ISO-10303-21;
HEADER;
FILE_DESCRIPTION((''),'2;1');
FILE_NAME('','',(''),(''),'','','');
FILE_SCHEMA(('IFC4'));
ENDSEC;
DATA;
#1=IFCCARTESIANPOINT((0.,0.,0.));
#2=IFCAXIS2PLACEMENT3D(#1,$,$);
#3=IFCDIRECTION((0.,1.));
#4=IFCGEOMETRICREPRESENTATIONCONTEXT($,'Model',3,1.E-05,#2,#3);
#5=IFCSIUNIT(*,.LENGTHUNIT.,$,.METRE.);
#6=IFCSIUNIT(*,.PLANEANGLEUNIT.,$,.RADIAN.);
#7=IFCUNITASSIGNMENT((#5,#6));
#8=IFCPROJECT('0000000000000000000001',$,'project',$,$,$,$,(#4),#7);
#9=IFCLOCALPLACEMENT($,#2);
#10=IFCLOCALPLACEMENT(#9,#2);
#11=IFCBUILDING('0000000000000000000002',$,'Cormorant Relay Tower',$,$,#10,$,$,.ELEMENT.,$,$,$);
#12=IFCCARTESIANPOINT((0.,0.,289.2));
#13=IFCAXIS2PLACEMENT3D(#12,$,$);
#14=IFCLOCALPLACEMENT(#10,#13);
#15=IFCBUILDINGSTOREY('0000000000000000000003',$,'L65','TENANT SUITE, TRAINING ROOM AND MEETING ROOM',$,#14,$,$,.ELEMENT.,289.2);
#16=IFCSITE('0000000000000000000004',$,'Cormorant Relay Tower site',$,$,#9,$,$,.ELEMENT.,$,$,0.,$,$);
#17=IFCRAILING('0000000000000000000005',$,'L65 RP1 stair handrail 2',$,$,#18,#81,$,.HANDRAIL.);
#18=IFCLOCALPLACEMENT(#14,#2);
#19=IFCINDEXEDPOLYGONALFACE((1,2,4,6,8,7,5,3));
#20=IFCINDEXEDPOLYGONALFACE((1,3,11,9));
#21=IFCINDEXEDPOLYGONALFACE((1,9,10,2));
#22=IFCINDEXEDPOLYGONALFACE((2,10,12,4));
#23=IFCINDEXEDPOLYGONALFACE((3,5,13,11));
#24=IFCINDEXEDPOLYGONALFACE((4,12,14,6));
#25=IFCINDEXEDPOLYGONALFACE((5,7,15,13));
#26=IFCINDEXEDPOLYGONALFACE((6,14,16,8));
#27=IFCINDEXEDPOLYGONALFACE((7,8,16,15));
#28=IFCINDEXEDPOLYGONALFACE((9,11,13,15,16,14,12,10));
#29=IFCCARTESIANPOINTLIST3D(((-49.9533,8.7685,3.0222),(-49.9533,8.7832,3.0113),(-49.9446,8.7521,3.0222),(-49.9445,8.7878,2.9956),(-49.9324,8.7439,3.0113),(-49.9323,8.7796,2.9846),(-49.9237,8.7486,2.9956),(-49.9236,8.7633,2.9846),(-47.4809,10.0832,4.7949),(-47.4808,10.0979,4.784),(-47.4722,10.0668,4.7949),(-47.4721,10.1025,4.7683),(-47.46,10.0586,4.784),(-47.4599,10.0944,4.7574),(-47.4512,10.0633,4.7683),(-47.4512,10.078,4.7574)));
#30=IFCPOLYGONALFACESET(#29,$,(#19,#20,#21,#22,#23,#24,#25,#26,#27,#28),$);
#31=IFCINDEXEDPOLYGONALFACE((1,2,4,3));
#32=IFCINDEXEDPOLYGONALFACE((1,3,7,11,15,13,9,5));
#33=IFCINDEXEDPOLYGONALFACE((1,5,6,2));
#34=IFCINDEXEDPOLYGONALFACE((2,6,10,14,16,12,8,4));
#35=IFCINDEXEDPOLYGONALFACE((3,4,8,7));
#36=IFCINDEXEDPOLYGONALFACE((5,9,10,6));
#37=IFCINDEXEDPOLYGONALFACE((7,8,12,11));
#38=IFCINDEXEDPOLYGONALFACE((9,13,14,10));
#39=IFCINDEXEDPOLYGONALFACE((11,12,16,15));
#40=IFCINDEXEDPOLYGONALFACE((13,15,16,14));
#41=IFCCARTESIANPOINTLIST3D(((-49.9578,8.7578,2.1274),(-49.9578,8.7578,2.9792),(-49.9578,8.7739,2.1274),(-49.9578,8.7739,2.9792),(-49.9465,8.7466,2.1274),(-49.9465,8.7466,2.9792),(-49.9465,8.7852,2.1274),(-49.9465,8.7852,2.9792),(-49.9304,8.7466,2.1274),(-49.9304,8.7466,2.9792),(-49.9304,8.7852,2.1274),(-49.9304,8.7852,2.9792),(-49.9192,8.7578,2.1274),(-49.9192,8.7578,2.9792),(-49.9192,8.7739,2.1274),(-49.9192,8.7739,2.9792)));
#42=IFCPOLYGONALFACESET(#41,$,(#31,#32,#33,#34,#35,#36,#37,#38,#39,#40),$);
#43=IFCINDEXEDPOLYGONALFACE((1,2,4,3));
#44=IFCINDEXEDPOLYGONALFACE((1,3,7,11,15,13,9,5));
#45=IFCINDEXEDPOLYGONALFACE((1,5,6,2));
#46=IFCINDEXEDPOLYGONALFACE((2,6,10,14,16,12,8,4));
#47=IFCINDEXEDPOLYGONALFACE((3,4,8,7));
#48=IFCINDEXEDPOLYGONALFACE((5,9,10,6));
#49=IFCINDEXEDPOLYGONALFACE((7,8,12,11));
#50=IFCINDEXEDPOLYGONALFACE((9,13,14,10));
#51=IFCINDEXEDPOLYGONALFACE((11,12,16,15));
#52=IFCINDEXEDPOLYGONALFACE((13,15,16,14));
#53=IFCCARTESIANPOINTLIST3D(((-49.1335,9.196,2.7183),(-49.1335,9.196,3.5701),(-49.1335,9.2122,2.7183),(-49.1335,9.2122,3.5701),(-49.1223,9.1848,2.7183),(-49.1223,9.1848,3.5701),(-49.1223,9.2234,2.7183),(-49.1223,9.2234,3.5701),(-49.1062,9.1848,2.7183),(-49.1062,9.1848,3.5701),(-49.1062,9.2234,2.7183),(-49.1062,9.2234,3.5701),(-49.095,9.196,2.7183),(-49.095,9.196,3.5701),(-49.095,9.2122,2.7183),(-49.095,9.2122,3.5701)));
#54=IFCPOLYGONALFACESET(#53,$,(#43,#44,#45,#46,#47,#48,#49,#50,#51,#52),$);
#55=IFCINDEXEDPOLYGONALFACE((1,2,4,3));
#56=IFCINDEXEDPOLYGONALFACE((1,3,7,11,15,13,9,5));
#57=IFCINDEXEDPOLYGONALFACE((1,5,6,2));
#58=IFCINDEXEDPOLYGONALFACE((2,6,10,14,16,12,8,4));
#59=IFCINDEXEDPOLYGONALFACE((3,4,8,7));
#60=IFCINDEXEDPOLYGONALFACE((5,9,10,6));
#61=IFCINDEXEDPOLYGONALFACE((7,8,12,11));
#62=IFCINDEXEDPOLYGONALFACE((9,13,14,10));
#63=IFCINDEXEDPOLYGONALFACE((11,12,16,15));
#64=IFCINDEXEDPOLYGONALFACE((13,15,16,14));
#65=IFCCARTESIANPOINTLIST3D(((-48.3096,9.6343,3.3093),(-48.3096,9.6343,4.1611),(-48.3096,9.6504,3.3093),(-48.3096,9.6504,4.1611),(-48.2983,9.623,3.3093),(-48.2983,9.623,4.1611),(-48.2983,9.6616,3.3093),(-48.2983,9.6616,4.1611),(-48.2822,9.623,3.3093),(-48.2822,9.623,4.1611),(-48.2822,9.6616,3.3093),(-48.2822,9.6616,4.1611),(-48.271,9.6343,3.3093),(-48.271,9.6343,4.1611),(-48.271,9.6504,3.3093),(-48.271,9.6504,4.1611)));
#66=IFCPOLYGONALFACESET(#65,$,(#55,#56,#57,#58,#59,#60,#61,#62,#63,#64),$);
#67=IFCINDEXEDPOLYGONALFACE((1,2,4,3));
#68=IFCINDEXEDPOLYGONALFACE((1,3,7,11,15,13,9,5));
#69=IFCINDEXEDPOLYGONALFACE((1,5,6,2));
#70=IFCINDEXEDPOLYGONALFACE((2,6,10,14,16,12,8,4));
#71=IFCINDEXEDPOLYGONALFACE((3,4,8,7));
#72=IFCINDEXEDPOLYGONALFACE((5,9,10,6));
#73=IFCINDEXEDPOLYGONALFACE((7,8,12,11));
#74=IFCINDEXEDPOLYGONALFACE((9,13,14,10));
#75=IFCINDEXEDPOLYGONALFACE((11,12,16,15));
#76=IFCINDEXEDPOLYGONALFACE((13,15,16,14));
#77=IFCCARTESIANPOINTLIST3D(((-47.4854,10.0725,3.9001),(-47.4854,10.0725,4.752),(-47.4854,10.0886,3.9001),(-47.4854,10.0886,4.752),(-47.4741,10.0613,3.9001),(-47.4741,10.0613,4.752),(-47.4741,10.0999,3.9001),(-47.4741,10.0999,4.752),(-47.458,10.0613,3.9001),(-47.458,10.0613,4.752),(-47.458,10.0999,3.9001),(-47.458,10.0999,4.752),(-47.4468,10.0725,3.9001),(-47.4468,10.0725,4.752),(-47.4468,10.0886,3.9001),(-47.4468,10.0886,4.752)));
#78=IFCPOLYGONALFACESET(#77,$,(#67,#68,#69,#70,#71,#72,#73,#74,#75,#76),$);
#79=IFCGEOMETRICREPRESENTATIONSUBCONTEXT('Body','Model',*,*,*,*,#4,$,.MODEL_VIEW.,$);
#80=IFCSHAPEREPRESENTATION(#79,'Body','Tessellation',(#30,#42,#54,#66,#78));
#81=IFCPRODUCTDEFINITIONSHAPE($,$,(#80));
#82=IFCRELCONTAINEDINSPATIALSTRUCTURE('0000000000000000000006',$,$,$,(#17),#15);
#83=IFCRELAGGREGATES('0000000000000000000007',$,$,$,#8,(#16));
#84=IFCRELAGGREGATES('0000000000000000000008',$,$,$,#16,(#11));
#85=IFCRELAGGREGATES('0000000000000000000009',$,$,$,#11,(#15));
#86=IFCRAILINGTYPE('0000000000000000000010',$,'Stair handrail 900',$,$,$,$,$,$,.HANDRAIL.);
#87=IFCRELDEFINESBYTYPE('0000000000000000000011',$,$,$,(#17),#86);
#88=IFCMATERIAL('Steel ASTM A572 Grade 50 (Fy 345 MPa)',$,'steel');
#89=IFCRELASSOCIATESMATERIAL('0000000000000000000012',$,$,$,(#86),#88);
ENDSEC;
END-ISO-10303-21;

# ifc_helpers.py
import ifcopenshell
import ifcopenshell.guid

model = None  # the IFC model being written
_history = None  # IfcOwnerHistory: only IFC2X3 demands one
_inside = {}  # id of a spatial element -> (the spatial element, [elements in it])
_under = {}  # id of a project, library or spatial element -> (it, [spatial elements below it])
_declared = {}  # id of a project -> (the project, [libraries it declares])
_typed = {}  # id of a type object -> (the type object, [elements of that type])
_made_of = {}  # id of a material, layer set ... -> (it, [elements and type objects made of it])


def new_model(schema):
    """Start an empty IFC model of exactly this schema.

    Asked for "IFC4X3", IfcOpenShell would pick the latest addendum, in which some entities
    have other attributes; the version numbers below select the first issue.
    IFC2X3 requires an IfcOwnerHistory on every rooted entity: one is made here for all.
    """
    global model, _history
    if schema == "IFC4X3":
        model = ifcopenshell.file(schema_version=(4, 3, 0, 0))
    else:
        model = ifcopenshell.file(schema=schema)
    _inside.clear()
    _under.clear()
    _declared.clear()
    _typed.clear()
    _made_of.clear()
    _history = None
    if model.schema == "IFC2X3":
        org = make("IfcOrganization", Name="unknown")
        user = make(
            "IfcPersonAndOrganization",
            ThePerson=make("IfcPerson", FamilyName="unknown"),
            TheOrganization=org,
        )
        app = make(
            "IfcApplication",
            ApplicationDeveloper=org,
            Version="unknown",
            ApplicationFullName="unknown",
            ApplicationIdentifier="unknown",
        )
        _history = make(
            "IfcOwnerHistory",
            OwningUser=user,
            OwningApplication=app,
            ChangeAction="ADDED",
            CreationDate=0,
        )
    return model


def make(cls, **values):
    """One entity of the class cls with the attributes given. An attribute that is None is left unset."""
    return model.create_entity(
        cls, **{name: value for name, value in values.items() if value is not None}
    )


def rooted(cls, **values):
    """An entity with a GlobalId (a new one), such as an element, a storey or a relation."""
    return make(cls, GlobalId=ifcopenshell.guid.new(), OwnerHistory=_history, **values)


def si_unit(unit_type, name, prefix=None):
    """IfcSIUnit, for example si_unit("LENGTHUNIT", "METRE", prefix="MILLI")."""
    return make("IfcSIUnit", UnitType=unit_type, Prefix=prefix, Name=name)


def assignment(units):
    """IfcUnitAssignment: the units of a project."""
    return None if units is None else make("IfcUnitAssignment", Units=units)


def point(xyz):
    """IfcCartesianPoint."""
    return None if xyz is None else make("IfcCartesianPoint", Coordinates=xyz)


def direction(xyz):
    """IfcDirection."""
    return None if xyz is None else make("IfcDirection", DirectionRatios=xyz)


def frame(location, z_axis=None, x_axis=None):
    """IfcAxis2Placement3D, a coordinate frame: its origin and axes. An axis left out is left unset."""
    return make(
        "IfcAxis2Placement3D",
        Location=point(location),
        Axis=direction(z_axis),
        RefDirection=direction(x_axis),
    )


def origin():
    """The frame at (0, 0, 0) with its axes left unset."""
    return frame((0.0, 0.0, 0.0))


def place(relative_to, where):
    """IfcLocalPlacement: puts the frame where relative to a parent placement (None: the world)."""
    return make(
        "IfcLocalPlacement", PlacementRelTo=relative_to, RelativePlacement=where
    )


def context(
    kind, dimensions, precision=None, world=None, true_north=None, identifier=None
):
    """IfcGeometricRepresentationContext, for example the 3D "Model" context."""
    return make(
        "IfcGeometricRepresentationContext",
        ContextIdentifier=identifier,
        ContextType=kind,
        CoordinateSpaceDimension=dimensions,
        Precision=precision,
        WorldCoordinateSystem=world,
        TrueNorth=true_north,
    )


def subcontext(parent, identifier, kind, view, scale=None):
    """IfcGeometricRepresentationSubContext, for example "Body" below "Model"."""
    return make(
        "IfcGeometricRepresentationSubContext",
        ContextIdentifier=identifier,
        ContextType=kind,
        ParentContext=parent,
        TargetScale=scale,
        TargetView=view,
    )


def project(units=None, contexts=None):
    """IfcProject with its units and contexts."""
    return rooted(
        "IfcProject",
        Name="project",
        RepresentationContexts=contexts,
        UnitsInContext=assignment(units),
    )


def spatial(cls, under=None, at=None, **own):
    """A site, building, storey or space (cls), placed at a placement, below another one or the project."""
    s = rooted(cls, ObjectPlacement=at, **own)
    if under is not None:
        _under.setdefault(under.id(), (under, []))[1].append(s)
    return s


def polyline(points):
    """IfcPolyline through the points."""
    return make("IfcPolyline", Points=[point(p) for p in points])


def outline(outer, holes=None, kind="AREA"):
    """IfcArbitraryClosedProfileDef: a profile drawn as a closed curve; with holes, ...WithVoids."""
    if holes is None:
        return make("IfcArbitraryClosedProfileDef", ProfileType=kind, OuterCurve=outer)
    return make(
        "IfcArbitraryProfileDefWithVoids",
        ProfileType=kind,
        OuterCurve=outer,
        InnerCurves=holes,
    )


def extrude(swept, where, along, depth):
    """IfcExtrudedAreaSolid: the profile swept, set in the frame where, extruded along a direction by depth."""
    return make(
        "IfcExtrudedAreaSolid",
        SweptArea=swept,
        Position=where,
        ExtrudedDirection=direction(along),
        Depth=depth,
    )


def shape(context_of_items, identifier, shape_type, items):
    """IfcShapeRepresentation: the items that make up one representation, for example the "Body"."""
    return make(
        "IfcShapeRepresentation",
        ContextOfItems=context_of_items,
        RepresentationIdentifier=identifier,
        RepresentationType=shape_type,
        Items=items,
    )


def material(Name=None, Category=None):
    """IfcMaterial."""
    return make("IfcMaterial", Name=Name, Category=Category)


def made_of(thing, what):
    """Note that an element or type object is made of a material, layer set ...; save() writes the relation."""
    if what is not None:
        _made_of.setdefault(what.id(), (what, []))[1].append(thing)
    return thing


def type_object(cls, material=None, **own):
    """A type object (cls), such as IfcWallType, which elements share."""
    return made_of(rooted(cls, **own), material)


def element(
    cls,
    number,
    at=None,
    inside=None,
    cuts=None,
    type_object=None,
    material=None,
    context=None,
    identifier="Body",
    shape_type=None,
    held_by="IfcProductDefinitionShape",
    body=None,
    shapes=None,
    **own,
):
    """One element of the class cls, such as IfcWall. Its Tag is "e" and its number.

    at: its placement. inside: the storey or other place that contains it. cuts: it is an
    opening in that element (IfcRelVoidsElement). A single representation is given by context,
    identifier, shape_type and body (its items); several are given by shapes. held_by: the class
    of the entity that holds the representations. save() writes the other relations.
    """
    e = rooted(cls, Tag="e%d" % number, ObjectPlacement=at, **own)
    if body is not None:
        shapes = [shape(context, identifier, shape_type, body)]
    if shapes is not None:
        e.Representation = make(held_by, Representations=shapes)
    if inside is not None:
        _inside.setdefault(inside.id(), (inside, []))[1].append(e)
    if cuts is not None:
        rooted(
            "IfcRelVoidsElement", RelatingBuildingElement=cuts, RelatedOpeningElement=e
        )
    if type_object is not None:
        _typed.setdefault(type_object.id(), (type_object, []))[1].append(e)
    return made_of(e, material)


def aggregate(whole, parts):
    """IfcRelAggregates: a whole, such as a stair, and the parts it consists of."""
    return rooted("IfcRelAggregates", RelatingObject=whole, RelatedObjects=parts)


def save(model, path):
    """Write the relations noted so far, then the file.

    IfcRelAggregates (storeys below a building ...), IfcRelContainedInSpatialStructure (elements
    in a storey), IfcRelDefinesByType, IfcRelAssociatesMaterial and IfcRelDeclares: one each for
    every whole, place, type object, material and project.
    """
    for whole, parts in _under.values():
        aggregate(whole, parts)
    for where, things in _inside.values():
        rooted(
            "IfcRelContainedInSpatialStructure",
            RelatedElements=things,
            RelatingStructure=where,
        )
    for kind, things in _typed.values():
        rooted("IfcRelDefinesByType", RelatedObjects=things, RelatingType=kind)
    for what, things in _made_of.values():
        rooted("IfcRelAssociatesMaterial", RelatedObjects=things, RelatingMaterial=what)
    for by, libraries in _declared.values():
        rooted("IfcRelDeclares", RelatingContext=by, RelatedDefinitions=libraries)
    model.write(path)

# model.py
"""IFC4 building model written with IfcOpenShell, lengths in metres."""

from ifc_helpers import new_model, si_unit, direction, frame, origin, place, context, subcontext, project, spatial, polyline, outline, extrude, material, type_object, element, save


model = new_model("IFC4")

# Units and contexts
model_context = context("Model", 3, precision=1e-05, world=origin(), true_north=direction((0.0, 1.0)))
body_context = subcontext(model_context, "Body", "Model", "MODEL_VIEW")
ifc_project = project(units=[si_unit("LENGTHUNIT", "METRE"), si_unit("PLANEANGLEUNIT", "RADIAN")], contexts=[model_context])

# Site, building, storey
site_placement = place(None, origin())
site = spatial("IfcSite", under=ifc_project, at=site_placement, Name="Cormorant Relay Tower site", CompositionType="ELEMENT", RefElevation=0.0)
building_placement = place(site_placement, origin())
building = spatial("IfcBuilding", under=site, at=building_placement, Name="Cormorant Relay Tower", CompositionType="ELEMENT")
storey_placement = place(building_placement, frame((0.0, 0.0, 289.2)))
storey = spatial("IfcBuildingStorey", under=building, at=storey_placement, Name="L65", Description="TENANT SUITE, TRAINING ROOM AND MEETING ROOM", CompositionType="ELEMENT", Elevation=289.2)

# Railing
ifc_material_1 = material(Name="Steel ASTM A572 Grade 50 (Fy 345 MPa)", Category="steel")
railing_type_1 = type_object("IfcRailingType", Name="Stair handrail 900", PredefinedType="HANDRAIL", material=ifc_material_1)
railing_1_placement = place(storey_placement, frame((-49.9385, 8.7659, 2.1274)))
element("IfcRailing", 1, at=railing_1_placement, inside=storey, type_object=railing_type_1, Name="L65 RP1 stair handrail 2", PredefinedType="HANDRAIL", context=body_context, shape_type="SweptSolid", body=[
    extrude(outline(polyline([(0.0222, 0.0093), (0.0093, 0.0222), (-0.0093, 0.0222), (-0.0222, 0.0093), (-0.0222, -0.0093), (-0.0093, -0.0222), (0.0093, -0.0222), (0.0222, -0.0093), (0.0222, 0.0093)])), frame((0.0, 0.0, 0.876), z_axis=(0.746012, 0.39669, 0.534886), x_axis=(-0.469497, 0.882934, 0.0)), (0.0, 0.0, 1.0), 3.3142),
    extrude(outline(polyline([(0.0193, 0.0081), (0.0081, 0.0193), (-0.0081, 0.0193), (-0.0193, 0.0081), (-0.0193, -0.0081), (-0.0081, -0.0193), (0.0081, -0.0193), (0.0193, -0.0081), (0.0193, 0.0081)])), origin(), (0.0, 0.0, 1.0), 0.8518),
    extrude(outline(polyline([(0.0193, 0.0081), (0.0081, 0.0193), (-0.0081, 0.0193), (-0.0193, 0.0081), (-0.0193, -0.0081), (-0.0081, -0.0193), (0.0081, -0.0193), (0.0193, -0.0081), (0.0193, 0.0081)])), frame((0.8242, 0.4382, 0.5908)), (0.0, 0.0, 1.0), 0.8518),
    extrude(outline(polyline([(0.0193, 0.0081), (0.0081, 0.0193), (-0.0081, 0.0193), (-0.0193, 0.0081), (-0.0193, -0.0081), (-0.0081, -0.0193), (0.0081, -0.0193), (0.0193, -0.0081), (0.0193, 0.0081)])), frame((1.6482, 0.8765, 1.1819)), (0.0, 0.0, 1.0), 0.8518),
    extrude(outline(polyline([(0.0193, 0.0081), (0.0081, 0.0193), (-0.0081, 0.0193), (-0.0193, 0.0081), (-0.0193, -0.0081), (-0.0081, -0.0193), (0.0081, -0.0193), (0.0193, -0.0081), (0.0193, 0.0081)])), frame((2.4724, 1.3147, 1.7727)), (0.0, 0.0, 1.0), 0.8518),
])

save(model, "model.ifc")
